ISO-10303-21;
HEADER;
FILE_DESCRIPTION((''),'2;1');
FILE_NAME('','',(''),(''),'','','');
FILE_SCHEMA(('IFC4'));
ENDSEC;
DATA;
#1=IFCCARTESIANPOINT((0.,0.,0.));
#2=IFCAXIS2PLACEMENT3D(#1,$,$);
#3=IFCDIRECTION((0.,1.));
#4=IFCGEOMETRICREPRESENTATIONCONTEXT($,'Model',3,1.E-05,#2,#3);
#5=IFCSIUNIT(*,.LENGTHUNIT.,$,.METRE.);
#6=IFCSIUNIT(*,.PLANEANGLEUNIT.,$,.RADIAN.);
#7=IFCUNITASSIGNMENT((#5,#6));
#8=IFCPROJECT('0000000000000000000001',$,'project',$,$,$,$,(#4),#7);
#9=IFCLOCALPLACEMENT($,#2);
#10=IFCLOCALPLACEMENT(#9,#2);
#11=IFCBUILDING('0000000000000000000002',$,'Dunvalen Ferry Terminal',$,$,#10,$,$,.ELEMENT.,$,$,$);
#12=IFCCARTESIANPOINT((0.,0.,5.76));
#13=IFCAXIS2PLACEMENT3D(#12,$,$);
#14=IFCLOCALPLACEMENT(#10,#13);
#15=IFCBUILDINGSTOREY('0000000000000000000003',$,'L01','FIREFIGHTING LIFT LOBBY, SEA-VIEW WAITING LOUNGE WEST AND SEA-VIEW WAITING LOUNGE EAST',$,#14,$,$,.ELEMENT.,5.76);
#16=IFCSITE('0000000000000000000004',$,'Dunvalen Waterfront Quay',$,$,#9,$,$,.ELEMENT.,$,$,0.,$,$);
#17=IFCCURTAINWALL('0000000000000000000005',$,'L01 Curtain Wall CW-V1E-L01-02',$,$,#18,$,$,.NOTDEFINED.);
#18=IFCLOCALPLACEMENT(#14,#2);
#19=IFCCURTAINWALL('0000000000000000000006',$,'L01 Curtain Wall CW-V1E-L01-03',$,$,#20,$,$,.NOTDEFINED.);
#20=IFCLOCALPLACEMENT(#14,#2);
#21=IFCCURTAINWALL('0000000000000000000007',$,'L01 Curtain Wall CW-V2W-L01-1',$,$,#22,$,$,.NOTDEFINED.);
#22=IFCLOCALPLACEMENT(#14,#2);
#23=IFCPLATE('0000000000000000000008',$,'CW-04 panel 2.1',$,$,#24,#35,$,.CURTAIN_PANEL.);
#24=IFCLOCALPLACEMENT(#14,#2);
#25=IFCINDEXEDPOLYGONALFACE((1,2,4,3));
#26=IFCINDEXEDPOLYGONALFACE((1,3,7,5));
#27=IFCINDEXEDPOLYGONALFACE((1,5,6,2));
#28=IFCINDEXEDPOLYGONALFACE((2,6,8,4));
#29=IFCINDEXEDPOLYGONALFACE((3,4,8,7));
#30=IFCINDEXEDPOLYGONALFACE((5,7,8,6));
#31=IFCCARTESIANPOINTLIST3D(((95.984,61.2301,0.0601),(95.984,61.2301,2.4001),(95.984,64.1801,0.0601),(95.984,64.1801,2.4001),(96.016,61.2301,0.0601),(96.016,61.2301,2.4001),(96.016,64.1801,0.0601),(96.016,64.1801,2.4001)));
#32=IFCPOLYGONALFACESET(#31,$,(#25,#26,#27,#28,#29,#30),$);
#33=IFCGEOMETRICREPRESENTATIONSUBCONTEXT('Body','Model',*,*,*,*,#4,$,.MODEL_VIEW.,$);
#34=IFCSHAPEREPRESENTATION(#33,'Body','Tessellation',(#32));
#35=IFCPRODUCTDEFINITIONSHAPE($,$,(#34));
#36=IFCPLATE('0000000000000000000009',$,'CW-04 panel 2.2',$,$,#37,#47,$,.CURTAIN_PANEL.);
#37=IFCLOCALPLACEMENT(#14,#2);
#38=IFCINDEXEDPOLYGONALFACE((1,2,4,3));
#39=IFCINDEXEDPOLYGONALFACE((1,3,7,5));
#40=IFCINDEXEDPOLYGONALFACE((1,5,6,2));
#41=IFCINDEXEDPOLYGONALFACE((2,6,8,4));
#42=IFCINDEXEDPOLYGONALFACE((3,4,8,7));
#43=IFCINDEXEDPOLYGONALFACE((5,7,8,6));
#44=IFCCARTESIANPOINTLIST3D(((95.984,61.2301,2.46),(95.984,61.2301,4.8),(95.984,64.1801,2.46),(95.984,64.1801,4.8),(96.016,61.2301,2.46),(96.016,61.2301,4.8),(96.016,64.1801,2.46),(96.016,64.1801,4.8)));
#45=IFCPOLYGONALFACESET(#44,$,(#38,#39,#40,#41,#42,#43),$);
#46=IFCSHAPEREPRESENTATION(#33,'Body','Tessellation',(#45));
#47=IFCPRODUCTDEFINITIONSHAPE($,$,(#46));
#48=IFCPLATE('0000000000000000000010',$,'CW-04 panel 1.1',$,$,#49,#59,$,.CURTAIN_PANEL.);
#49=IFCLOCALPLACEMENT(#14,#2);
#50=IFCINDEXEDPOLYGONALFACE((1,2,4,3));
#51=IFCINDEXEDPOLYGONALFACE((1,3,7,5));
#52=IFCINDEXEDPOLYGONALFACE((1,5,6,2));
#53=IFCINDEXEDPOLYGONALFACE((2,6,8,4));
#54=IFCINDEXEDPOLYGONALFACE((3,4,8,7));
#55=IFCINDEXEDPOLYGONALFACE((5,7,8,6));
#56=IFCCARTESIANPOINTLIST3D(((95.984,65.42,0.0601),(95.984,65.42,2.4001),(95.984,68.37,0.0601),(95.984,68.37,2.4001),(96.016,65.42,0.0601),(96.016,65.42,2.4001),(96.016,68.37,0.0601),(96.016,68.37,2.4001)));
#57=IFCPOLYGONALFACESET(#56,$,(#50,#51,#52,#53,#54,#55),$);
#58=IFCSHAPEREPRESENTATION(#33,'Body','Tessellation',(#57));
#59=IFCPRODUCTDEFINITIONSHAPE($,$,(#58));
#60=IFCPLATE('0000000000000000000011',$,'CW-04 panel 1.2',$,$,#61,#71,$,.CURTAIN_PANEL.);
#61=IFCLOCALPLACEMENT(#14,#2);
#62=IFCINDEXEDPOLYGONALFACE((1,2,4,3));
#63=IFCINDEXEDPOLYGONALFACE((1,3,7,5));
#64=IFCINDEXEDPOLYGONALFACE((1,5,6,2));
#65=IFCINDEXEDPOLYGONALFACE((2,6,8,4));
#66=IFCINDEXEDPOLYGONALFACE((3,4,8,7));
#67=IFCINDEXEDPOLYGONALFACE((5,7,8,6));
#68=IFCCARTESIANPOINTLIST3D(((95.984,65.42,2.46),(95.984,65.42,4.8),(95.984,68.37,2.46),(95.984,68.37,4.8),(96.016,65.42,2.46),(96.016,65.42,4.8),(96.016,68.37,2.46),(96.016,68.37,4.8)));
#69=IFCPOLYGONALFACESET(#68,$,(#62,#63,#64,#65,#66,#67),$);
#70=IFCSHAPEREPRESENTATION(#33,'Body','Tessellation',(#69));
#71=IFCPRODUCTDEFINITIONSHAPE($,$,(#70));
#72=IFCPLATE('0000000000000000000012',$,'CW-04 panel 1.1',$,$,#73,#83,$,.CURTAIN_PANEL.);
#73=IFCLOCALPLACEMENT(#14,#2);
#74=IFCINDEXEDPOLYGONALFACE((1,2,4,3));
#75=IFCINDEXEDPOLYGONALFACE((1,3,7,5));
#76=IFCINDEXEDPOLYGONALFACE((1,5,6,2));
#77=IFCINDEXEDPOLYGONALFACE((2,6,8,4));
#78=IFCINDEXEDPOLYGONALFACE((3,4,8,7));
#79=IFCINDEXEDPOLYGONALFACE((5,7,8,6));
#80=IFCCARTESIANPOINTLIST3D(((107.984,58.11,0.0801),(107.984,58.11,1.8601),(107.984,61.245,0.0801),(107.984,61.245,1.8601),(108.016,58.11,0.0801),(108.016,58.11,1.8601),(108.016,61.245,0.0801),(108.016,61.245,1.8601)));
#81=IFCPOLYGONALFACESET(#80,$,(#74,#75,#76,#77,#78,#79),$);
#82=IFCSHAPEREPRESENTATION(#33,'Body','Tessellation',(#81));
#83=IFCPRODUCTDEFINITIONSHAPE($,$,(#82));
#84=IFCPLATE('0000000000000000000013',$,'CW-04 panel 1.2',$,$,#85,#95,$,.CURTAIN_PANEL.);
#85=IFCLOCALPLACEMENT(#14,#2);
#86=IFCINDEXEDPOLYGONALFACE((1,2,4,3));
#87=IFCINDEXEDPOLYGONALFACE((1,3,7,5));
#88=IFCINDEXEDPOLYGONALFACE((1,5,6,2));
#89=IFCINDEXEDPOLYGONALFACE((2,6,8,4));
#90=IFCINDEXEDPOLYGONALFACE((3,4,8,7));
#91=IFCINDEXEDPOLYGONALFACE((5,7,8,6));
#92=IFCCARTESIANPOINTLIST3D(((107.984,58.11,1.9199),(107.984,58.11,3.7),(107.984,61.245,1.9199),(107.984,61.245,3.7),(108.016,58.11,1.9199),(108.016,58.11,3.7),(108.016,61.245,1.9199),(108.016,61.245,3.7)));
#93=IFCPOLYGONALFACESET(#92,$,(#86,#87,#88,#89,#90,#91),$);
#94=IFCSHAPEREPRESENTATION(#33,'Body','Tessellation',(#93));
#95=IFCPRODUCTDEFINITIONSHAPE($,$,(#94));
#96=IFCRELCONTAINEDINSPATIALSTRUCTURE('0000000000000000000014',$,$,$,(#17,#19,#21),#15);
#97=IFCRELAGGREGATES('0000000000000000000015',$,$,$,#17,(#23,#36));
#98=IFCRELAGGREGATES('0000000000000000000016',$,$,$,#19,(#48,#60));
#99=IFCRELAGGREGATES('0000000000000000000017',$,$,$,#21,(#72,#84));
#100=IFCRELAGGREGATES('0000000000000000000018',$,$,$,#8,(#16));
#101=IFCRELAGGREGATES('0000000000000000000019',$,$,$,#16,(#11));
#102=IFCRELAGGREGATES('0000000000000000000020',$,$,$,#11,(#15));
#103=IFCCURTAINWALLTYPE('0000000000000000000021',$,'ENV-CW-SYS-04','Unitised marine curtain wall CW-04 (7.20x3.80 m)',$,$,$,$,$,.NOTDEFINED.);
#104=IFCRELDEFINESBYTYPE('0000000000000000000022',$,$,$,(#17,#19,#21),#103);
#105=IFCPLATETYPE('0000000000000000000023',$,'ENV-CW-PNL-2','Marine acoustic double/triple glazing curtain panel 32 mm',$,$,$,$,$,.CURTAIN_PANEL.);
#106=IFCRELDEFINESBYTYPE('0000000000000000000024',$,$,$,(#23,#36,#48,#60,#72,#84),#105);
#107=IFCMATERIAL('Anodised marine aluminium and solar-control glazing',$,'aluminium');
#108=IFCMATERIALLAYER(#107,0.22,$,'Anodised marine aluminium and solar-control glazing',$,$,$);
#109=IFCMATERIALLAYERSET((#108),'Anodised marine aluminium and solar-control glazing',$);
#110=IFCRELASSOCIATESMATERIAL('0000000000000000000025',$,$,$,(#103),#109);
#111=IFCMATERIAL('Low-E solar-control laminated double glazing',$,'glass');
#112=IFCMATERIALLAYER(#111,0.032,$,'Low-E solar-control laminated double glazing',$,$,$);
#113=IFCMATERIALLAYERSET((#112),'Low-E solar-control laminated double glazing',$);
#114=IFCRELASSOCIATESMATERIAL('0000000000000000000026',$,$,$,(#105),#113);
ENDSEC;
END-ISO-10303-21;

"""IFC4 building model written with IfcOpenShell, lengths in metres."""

from ifc_helpers import new_model, si_unit, direction, frame, origin, origin_2d, place, context, subcontext, project, spatial, rectangle, extrude, material, layer, layer_set, type_object, element, aggregate, save


model = new_model("IFC4")

# Units and contexts
model_context = context("Model", 3, precision=1e-05, world=origin(), true_north=direction((0.0, 1.0)))
body_context = subcontext(model_context, "Body", "Model", "MODEL_VIEW")
ifc_project = project(units=[si_unit("LENGTHUNIT", "METRE"), si_unit("PLANEANGLEUNIT", "RADIAN")], contexts=[model_context])

# Site, building, storey
site_placement = place(None, origin())
site = spatial("IfcSite", under=ifc_project, at=site_placement, Name="Dunvalen Waterfront Quay", CompositionType="ELEMENT", RefElevation=0.0)
building_placement = place(site_placement, origin())
building = spatial("IfcBuilding", under=site, at=building_placement, Name="Dunvalen Ferry Terminal", CompositionType="ELEMENT")
storey_placement = place(building_placement, frame((0.0, 0.0, 5.76)))
storey = spatial("IfcBuildingStorey", under=building, at=storey_placement, Name="L01", Description="FIREFIGHTING LIFT LOBBY, SEA-VIEW WAITING LOUNGE WEST AND SEA-VIEW WAITING LOUNGE EAST", CompositionType="ELEMENT", Elevation=5.76)

# Shared definitions
ifc_material_1 = material(Name="Anodised marine aluminium and solar-control glazing", Category="aluminium")
ifc_layer_1 = layer(ifc_material_1, 0.22, Name="Anodised marine aluminium and solar-control glazing")
ifc_layer_set_1 = layer_set([ifc_layer_1], Name="Anodised marine aluminium and solar-control glazing")
curtain_wall_type = type_object("IfcCurtainWallType", Name="ENV-CW-SYS-04", Description="Unitised marine curtain wall CW-04 (7.20x3.80 m)", PredefinedType="NOTDEFINED", material=ifc_layer_set_1)

# Curtain wall
curtain_wall_1_placement = place(storey_placement, origin())
curtain_wall_1 = element("IfcCurtainWall", 1, at=curtain_wall_1_placement, inside=storey, type_object=curtain_wall_type, Name="L01 Curtain Wall CW-V1E-L01-02", PredefinedType="NOTDEFINED")

# Curtain wall
curtain_wall_2_placement = place(storey_placement, origin())
curtain_wall_2 = element("IfcCurtainWall", 2, at=curtain_wall_2_placement, inside=storey, type_object=curtain_wall_type, Name="L01 Curtain Wall CW-V1E-L01-03", PredefinedType="NOTDEFINED")

# Curtain wall
curtain_wall_3_placement = place(storey_placement, origin())
curtain_wall_3 = element("IfcCurtainWall", 3, at=curtain_wall_3_placement, inside=storey, type_object=curtain_wall_type, Name="L01 Curtain Wall CW-V2W-L01-1", PredefinedType="NOTDEFINED")

# Plates
ifc_material_2 = material(Name="Low-E solar-control laminated double glazing", Category="glass")
ifc_layer_2 = layer(ifc_material_2, 0.032, Name="Low-E solar-control laminated double glazing")
ifc_layer_set_2 = layer_set([ifc_layer_2], Name="Low-E solar-control laminated double glazing")
plate_type = type_object("IfcPlateType", Name="ENV-CW-PNL-2", Description="Marine acoustic double/triple glazing curtain panel 32 mm", PredefinedType="CURTAIN_PANEL", material=ifc_layer_set_2)
plate_1_placement = place(storey_placement, frame((96.0, 62.7051, 0.0601), z_axis=(0.0, 0.0, 1.0), x_axis=(0.0, 1.0, 0.0)))
plate_1 = element("IfcPlate", 4, at=plate_1_placement, type_object=plate_type, Name="CW-04 panel 2.1", PredefinedType="CURTAIN_PANEL", context=body_context, shape_type="SweptSolid", body=[
    extrude(rectangle(XDim=2.95, YDim=0.032, at=origin_2d()), origin(), (0.0, 0.0, 1.0), 2.3401),
])
plate_2_placement = place(storey_placement, frame((96.0, 62.7051, 2.46), z_axis=(0.0, 0.0, 1.0), x_axis=(0.0, 1.0, 0.0)))
plate_2 = element("IfcPlate", 5, at=plate_2_placement, type_object=plate_type, Name="CW-04 panel 2.2", PredefinedType="CURTAIN_PANEL", context=body_context, shape_type="SweptSolid", body=[
    extrude(rectangle(XDim=2.95, YDim=0.032, at=origin_2d()), origin(), (0.0, 0.0, 1.0), 2.3401),
])
aggregate(curtain_wall_1, [plate_1, plate_2])
plate_3_placement = place(storey_placement, frame((96.0, 66.895, 0.0601), z_axis=(0.0, 0.0, 1.0), x_axis=(0.0, 1.0, 0.0)))
plate_3 = element("IfcPlate", 6, at=plate_3_placement, type_object=plate_type, Name="CW-04 panel 1.1", PredefinedType="CURTAIN_PANEL", context=body_context, shape_type="SweptSolid", body=[
    extrude(rectangle(XDim=2.95, YDim=0.032, at=origin_2d()), origin(), (0.0, 0.0, 1.0), 2.3401),
])
plate_4_placement = place(storey_placement, frame((96.0, 66.895, 2.46), z_axis=(0.0, 0.0, 1.0), x_axis=(0.0, 1.0, 0.0)))
plate_4 = element("IfcPlate", 7, at=plate_4_placement, type_object=plate_type, Name="CW-04 panel 1.2", PredefinedType="CURTAIN_PANEL", context=body_context, shape_type="SweptSolid", body=[
    extrude(rectangle(XDim=2.95, YDim=0.032, at=origin_2d()), origin(), (0.0, 0.0, 1.0), 2.3401),
])
aggregate(curtain_wall_2, [plate_3, plate_4])
plate_5_placement = place(storey_placement, frame((108.0, 59.6775, 0.0801), z_axis=(0.0, 0.0, 1.0), x_axis=(0.0, 1.0, 0.0)))
plate_5 = element("IfcPlate", 8, at=plate_5_placement, type_object=plate_type, Name="CW-04 panel 1.1", PredefinedType="CURTAIN_PANEL", context=body_context, shape_type="SweptSolid", body=[
    extrude(rectangle(XDim=3.135, YDim=0.032, at=origin_2d()), origin(), (0.0, 0.0, 1.0), 1.78),
])
plate_6_placement = place(storey_placement, frame((108.0, 59.6775, 1.9199), z_axis=(0.0, 0.0, 1.0), x_axis=(0.0, 1.0, 0.0)))
plate_6 = element("IfcPlate", 9, at=plate_6_placement, type_object=plate_type, Name="CW-04 panel 1.2", PredefinedType="CURTAIN_PANEL", context=body_context, shape_type="SweptSolid", body=[
    extrude(rectangle(XDim=3.135, YDim=0.032, at=origin_2d()), origin(), (0.0, 0.0, 1.0), 1.78),
])
aggregate(curtain_wall_3, [plate_5, plate_6])

save(model, "model.ifc")
